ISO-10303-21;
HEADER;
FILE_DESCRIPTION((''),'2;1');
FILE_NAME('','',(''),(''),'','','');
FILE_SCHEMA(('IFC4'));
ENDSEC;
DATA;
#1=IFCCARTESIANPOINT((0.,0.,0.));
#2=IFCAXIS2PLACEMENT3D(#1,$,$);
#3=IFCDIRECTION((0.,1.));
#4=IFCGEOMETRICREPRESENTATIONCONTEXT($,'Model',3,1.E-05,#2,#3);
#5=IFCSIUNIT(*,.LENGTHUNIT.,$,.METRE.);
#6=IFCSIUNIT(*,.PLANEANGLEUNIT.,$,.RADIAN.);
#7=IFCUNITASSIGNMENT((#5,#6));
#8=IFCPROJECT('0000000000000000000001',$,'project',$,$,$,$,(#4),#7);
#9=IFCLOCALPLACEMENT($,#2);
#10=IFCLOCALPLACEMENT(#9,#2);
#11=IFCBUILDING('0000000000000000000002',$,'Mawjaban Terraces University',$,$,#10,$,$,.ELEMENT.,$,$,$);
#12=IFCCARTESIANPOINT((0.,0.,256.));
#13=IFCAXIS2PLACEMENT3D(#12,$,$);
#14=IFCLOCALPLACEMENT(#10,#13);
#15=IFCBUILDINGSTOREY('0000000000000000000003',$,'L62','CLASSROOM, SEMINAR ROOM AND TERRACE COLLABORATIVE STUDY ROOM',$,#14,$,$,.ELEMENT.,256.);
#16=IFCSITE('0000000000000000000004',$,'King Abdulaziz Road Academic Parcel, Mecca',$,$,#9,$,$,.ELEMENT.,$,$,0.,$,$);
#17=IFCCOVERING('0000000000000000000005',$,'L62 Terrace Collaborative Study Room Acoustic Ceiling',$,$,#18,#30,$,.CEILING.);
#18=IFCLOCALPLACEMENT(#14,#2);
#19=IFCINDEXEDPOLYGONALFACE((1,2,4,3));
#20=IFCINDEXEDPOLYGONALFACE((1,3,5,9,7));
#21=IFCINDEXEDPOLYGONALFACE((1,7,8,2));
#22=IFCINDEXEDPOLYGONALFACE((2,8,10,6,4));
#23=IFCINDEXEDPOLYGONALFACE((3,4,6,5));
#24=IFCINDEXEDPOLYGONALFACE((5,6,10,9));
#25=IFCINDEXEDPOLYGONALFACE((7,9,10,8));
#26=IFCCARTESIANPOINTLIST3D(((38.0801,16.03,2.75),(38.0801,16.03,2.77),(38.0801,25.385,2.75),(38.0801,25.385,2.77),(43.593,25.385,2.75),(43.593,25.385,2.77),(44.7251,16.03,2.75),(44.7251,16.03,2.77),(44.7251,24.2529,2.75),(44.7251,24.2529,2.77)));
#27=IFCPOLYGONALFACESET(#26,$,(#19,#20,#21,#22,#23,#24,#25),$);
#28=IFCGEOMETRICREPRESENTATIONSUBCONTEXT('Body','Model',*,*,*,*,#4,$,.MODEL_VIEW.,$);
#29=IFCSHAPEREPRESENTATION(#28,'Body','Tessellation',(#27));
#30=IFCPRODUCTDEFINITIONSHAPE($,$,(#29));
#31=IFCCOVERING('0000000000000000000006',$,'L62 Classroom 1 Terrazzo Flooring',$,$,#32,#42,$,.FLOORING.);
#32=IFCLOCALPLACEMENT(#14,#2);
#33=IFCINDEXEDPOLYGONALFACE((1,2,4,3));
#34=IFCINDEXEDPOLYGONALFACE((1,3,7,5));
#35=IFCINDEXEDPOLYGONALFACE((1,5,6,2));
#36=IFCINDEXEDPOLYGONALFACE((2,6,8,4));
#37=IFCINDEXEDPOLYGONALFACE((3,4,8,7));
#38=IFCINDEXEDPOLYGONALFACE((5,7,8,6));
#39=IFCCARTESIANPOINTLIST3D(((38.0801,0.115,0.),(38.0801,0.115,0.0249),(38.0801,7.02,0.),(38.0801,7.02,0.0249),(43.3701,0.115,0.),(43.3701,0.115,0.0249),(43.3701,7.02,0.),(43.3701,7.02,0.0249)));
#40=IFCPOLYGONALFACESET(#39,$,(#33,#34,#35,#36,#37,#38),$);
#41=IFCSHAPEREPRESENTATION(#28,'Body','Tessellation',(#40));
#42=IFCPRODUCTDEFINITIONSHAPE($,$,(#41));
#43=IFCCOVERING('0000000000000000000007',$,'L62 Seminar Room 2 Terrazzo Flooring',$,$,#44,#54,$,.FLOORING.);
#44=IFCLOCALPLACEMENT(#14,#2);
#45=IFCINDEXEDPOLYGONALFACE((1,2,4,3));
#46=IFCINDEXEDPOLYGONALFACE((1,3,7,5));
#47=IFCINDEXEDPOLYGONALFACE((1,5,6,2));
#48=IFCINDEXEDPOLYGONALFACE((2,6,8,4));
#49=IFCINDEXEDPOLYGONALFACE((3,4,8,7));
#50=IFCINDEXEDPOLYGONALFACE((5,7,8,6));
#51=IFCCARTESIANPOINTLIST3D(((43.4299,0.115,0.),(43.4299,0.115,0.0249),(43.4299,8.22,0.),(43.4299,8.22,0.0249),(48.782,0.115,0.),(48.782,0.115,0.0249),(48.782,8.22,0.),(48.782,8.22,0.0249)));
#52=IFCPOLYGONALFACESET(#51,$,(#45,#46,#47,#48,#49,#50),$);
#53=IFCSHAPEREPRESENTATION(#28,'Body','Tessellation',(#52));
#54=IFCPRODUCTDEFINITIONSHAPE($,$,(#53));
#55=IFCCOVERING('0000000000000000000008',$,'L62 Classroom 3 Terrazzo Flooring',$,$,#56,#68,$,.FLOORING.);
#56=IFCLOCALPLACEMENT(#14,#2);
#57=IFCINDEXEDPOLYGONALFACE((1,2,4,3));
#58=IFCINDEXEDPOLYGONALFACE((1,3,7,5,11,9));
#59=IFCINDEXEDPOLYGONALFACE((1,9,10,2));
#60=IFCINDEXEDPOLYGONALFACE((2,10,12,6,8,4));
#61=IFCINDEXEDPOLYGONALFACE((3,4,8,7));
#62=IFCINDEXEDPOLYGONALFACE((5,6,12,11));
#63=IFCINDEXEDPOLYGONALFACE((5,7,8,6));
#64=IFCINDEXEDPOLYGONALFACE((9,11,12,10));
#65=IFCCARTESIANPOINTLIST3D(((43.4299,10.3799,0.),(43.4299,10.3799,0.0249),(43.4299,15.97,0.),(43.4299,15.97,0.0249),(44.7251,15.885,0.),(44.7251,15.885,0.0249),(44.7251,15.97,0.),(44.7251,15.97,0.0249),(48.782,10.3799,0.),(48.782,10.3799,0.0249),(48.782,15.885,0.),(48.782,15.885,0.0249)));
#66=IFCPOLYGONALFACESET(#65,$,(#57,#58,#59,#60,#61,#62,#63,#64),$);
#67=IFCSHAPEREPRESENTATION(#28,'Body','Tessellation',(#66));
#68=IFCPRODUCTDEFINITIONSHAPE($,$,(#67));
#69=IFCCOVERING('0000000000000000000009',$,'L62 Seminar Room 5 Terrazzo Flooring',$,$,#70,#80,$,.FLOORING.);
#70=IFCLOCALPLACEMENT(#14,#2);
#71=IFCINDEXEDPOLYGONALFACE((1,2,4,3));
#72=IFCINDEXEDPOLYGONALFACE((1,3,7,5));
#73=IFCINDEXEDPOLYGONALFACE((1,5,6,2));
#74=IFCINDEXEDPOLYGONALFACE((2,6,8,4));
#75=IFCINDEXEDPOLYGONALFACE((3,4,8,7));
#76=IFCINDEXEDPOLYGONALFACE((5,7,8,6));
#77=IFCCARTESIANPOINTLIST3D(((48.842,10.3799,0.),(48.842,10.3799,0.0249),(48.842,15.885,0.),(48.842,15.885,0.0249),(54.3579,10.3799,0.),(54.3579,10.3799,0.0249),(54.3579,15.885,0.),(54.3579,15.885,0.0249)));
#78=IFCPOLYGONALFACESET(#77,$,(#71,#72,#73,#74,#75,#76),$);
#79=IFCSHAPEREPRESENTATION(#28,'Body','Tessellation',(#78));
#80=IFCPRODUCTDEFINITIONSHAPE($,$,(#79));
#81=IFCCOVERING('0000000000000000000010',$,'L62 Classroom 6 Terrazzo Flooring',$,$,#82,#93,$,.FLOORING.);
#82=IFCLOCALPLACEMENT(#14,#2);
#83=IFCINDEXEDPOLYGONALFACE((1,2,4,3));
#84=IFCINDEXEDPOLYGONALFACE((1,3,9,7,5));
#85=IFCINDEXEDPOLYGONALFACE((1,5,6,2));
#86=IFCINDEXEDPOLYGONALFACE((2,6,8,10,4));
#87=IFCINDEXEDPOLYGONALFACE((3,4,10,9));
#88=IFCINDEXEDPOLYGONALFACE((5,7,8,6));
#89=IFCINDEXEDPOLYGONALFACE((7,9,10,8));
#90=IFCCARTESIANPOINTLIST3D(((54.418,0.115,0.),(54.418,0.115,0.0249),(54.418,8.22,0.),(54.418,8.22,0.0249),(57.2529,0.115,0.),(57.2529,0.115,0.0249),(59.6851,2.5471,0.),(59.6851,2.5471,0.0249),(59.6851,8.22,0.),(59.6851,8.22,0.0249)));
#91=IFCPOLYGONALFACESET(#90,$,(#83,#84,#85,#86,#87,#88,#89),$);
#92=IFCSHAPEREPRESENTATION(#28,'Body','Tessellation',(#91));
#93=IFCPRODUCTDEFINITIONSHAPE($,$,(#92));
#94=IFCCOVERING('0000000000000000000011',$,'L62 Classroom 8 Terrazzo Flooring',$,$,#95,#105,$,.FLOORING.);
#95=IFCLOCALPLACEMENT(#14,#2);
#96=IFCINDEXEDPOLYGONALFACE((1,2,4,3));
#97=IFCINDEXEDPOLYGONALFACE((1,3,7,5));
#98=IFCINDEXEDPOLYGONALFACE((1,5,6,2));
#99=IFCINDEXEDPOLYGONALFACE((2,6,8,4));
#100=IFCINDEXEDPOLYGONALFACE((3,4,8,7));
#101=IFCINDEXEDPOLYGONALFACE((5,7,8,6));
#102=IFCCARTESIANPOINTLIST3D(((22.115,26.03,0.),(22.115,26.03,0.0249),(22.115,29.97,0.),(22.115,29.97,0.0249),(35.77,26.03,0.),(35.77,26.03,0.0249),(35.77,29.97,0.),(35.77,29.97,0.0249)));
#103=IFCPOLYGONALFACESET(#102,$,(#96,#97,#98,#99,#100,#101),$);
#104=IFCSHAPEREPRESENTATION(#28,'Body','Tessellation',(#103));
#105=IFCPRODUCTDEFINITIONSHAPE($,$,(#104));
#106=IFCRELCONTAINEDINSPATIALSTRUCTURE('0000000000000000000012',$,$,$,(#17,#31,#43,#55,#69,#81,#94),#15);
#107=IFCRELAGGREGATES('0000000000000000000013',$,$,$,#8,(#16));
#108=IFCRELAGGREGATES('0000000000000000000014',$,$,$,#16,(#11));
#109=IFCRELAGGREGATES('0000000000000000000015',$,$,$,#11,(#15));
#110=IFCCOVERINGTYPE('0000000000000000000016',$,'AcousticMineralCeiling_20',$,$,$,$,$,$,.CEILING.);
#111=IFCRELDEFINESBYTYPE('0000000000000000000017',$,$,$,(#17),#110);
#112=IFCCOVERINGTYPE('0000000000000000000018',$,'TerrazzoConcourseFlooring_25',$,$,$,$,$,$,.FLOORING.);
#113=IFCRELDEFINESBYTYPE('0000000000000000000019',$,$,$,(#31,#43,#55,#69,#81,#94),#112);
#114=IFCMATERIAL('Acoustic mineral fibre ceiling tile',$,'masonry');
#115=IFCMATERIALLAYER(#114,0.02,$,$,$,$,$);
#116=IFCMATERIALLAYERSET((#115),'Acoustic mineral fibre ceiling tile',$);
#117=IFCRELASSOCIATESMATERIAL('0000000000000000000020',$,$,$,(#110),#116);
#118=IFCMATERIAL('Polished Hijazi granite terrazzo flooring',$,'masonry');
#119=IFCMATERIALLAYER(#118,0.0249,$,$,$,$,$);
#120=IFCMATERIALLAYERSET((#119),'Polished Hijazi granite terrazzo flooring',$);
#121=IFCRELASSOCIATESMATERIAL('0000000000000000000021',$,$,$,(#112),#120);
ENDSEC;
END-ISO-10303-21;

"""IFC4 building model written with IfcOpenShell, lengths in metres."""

from ifc_helpers import new_model, si_unit, direction, frame, origin, place, context, subcontext, project, spatial, polyline, outline, extrude, material, layer, layer_set, type_object, element, save


model = new_model("IFC4")

# Units and contexts
model_context = context("Model", 3, precision=1e-05, world=origin(), true_north=direction((0.0, 1.0)))
body_context = subcontext(model_context, "Body", "Model", "MODEL_VIEW")
ifc_project = project(units=[si_unit("LENGTHUNIT", "METRE"), si_unit("PLANEANGLEUNIT", "RADIAN")], contexts=[model_context])

# Site, building, storey
site_placement = place(None, origin())
site = spatial("IfcSite", under=ifc_project, at=site_placement, Name="King Abdulaziz Road Academic Parcel, Mecca", CompositionType="ELEMENT", RefElevation=0.0)
building_placement = place(site_placement, origin())
building = spatial("IfcBuilding", under=site, at=building_placement, Name="Mawjaban Terraces University", CompositionType="ELEMENT")
storey_placement = place(building_placement, frame((0.0, 0.0, 256.0)))
storey = spatial("IfcBuildingStorey", under=building, at=storey_placement, Name="L62", Description="CLASSROOM, SEMINAR ROOM AND TERRACE COLLABORATIVE STUDY ROOM", CompositionType="ELEMENT", Elevation=256.0)

# Coverings
ifc_material_1 = material(Name="Acoustic mineral fibre ceiling tile", Category="masonry")
ifc_layer_1 = layer(ifc_material_1, 0.02)
ifc_layer_set_1 = layer_set([ifc_layer_1], Name="Acoustic mineral fibre ceiling tile")
covering_type_1 = type_object("IfcCoveringType", Name="AcousticMineralCeiling_20", PredefinedType="CEILING", material=ifc_layer_set_1)
covering_1_placement = place(storey_placement, frame((0.0, 0.0, 2.75)))
element("IfcCovering", 1, at=covering_1_placement, inside=storey, type_object=covering_type_1, Name="L62 Terrace Collaborative Study Room Acoustic Ceiling", PredefinedType="CEILING", context=body_context, shape_type="SweptSolid", body=[
    extrude(outline(polyline([(44.7251, 16.03), (44.7251, 24.2529), (43.593, 25.385), (38.0801, 25.385), (38.0801, 16.03), (44.7251, 16.03)])), origin(), (0.0, 0.0, 1.0), 0.02),
])
ifc_material_2 = material(Name="Polished Hijazi granite terrazzo flooring", Category="masonry")
ifc_layer_2 = layer(ifc_material_2, 0.0249)
ifc_layer_set_2 = layer_set([ifc_layer_2], Name="Polished Hijazi granite terrazzo flooring")
covering_type_2 = type_object("IfcCoveringType", Name="TerrazzoConcourseFlooring_25", PredefinedType="FLOORING", material=ifc_layer_set_2)
covering_2_placement = place(storey_placement, origin())
element("IfcCovering", 2, at=covering_2_placement, inside=storey, type_object=covering_type_2, Name="L62 Classroom 1 Terrazzo Flooring", PredefinedType="FLOORING", context=body_context, shape_type="SweptSolid", body=[
    extrude(outline(polyline([(38.0801, 7.02), (38.0801, 0.115), (43.3701, 0.115), (43.3701, 7.02), (38.0801, 7.02)])), origin(), (0.0, 0.0, 1.0), 0.0249),
])
covering_3_placement = place(storey_placement, origin())
element("IfcCovering", 3, at=covering_3_placement, inside=storey, type_object=covering_type_2, Name="L62 Seminar Room 2 Terrazzo Flooring", PredefinedType="FLOORING", context=body_context, shape_type="SweptSolid", body=[
    extrude(outline(polyline([(43.4299, 0.115), (48.782, 0.115), (48.782, 8.22), (43.4299, 8.22), (43.4299, 0.115)])), origin(), (0.0, 0.0, 1.0), 0.0249),
])
covering_4_placement = place(storey_placement, origin())
element("IfcCovering", 4, at=covering_4_placement, inside=storey, type_object=covering_type_2, Name="L62 Classroom 3 Terrazzo Flooring", PredefinedType="FLOORING", context=body_context, shape_type="SweptSolid", body=[
    extrude(outline(polyline([(48.782, 15.885), (44.7251, 15.885), (44.7251, 15.97), (43.4299, 15.97), (43.4299, 10.3799), (48.782, 10.3799), (48.782, 15.885)])), origin(), (0.0, 0.0, 1.0), 0.0249),
])
covering_5_placement = place(storey_placement, origin())
element("IfcCovering", 5, at=covering_5_placement, inside=storey, type_object=covering_type_2, Name="L62 Seminar Room 5 Terrazzo Flooring", PredefinedType="FLOORING", context=body_context, shape_type="SweptSolid", body=[
    extrude(outline(polyline([(54.3579, 15.885), (48.842, 15.885), (48.842, 10.3799), (54.3579, 10.3799), (54.3579, 15.885)])), origin(), (0.0, 0.0, 1.0), 0.0249),
])
covering_6_placement = place(storey_placement, origin())
element("IfcCovering", 6, at=covering_6_placement, inside=storey, type_object=covering_type_2, Name="L62 Classroom 6 Terrazzo Flooring", PredefinedType="FLOORING", context=body_context, shape_type="SweptSolid", body=[
    extrude(outline(polyline([(54.418, 0.115), (57.2529, 0.115), (59.6851, 2.5471), (59.6851, 8.22), (54.418, 8.22), (54.418, 0.115)])), origin(), (0.0, 0.0, 1.0), 0.0249),
])
covering_7_placement = place(storey_placement, origin())
element("IfcCovering", 7, at=covering_7_placement, inside=storey, type_object=covering_type_2, Name="L62 Classroom 8 Terrazzo Flooring", PredefinedType="FLOORING", context=body_context, shape_type="SweptSolid", body=[
    extrude(outline(polyline([(22.115, 29.97), (22.115, 26.03), (35.77, 26.03), (35.77, 29.97), (22.115, 29.97)])), origin(), (0.0, 0.0, 1.0), 0.0249),
])

save(model, "model.ifc")
